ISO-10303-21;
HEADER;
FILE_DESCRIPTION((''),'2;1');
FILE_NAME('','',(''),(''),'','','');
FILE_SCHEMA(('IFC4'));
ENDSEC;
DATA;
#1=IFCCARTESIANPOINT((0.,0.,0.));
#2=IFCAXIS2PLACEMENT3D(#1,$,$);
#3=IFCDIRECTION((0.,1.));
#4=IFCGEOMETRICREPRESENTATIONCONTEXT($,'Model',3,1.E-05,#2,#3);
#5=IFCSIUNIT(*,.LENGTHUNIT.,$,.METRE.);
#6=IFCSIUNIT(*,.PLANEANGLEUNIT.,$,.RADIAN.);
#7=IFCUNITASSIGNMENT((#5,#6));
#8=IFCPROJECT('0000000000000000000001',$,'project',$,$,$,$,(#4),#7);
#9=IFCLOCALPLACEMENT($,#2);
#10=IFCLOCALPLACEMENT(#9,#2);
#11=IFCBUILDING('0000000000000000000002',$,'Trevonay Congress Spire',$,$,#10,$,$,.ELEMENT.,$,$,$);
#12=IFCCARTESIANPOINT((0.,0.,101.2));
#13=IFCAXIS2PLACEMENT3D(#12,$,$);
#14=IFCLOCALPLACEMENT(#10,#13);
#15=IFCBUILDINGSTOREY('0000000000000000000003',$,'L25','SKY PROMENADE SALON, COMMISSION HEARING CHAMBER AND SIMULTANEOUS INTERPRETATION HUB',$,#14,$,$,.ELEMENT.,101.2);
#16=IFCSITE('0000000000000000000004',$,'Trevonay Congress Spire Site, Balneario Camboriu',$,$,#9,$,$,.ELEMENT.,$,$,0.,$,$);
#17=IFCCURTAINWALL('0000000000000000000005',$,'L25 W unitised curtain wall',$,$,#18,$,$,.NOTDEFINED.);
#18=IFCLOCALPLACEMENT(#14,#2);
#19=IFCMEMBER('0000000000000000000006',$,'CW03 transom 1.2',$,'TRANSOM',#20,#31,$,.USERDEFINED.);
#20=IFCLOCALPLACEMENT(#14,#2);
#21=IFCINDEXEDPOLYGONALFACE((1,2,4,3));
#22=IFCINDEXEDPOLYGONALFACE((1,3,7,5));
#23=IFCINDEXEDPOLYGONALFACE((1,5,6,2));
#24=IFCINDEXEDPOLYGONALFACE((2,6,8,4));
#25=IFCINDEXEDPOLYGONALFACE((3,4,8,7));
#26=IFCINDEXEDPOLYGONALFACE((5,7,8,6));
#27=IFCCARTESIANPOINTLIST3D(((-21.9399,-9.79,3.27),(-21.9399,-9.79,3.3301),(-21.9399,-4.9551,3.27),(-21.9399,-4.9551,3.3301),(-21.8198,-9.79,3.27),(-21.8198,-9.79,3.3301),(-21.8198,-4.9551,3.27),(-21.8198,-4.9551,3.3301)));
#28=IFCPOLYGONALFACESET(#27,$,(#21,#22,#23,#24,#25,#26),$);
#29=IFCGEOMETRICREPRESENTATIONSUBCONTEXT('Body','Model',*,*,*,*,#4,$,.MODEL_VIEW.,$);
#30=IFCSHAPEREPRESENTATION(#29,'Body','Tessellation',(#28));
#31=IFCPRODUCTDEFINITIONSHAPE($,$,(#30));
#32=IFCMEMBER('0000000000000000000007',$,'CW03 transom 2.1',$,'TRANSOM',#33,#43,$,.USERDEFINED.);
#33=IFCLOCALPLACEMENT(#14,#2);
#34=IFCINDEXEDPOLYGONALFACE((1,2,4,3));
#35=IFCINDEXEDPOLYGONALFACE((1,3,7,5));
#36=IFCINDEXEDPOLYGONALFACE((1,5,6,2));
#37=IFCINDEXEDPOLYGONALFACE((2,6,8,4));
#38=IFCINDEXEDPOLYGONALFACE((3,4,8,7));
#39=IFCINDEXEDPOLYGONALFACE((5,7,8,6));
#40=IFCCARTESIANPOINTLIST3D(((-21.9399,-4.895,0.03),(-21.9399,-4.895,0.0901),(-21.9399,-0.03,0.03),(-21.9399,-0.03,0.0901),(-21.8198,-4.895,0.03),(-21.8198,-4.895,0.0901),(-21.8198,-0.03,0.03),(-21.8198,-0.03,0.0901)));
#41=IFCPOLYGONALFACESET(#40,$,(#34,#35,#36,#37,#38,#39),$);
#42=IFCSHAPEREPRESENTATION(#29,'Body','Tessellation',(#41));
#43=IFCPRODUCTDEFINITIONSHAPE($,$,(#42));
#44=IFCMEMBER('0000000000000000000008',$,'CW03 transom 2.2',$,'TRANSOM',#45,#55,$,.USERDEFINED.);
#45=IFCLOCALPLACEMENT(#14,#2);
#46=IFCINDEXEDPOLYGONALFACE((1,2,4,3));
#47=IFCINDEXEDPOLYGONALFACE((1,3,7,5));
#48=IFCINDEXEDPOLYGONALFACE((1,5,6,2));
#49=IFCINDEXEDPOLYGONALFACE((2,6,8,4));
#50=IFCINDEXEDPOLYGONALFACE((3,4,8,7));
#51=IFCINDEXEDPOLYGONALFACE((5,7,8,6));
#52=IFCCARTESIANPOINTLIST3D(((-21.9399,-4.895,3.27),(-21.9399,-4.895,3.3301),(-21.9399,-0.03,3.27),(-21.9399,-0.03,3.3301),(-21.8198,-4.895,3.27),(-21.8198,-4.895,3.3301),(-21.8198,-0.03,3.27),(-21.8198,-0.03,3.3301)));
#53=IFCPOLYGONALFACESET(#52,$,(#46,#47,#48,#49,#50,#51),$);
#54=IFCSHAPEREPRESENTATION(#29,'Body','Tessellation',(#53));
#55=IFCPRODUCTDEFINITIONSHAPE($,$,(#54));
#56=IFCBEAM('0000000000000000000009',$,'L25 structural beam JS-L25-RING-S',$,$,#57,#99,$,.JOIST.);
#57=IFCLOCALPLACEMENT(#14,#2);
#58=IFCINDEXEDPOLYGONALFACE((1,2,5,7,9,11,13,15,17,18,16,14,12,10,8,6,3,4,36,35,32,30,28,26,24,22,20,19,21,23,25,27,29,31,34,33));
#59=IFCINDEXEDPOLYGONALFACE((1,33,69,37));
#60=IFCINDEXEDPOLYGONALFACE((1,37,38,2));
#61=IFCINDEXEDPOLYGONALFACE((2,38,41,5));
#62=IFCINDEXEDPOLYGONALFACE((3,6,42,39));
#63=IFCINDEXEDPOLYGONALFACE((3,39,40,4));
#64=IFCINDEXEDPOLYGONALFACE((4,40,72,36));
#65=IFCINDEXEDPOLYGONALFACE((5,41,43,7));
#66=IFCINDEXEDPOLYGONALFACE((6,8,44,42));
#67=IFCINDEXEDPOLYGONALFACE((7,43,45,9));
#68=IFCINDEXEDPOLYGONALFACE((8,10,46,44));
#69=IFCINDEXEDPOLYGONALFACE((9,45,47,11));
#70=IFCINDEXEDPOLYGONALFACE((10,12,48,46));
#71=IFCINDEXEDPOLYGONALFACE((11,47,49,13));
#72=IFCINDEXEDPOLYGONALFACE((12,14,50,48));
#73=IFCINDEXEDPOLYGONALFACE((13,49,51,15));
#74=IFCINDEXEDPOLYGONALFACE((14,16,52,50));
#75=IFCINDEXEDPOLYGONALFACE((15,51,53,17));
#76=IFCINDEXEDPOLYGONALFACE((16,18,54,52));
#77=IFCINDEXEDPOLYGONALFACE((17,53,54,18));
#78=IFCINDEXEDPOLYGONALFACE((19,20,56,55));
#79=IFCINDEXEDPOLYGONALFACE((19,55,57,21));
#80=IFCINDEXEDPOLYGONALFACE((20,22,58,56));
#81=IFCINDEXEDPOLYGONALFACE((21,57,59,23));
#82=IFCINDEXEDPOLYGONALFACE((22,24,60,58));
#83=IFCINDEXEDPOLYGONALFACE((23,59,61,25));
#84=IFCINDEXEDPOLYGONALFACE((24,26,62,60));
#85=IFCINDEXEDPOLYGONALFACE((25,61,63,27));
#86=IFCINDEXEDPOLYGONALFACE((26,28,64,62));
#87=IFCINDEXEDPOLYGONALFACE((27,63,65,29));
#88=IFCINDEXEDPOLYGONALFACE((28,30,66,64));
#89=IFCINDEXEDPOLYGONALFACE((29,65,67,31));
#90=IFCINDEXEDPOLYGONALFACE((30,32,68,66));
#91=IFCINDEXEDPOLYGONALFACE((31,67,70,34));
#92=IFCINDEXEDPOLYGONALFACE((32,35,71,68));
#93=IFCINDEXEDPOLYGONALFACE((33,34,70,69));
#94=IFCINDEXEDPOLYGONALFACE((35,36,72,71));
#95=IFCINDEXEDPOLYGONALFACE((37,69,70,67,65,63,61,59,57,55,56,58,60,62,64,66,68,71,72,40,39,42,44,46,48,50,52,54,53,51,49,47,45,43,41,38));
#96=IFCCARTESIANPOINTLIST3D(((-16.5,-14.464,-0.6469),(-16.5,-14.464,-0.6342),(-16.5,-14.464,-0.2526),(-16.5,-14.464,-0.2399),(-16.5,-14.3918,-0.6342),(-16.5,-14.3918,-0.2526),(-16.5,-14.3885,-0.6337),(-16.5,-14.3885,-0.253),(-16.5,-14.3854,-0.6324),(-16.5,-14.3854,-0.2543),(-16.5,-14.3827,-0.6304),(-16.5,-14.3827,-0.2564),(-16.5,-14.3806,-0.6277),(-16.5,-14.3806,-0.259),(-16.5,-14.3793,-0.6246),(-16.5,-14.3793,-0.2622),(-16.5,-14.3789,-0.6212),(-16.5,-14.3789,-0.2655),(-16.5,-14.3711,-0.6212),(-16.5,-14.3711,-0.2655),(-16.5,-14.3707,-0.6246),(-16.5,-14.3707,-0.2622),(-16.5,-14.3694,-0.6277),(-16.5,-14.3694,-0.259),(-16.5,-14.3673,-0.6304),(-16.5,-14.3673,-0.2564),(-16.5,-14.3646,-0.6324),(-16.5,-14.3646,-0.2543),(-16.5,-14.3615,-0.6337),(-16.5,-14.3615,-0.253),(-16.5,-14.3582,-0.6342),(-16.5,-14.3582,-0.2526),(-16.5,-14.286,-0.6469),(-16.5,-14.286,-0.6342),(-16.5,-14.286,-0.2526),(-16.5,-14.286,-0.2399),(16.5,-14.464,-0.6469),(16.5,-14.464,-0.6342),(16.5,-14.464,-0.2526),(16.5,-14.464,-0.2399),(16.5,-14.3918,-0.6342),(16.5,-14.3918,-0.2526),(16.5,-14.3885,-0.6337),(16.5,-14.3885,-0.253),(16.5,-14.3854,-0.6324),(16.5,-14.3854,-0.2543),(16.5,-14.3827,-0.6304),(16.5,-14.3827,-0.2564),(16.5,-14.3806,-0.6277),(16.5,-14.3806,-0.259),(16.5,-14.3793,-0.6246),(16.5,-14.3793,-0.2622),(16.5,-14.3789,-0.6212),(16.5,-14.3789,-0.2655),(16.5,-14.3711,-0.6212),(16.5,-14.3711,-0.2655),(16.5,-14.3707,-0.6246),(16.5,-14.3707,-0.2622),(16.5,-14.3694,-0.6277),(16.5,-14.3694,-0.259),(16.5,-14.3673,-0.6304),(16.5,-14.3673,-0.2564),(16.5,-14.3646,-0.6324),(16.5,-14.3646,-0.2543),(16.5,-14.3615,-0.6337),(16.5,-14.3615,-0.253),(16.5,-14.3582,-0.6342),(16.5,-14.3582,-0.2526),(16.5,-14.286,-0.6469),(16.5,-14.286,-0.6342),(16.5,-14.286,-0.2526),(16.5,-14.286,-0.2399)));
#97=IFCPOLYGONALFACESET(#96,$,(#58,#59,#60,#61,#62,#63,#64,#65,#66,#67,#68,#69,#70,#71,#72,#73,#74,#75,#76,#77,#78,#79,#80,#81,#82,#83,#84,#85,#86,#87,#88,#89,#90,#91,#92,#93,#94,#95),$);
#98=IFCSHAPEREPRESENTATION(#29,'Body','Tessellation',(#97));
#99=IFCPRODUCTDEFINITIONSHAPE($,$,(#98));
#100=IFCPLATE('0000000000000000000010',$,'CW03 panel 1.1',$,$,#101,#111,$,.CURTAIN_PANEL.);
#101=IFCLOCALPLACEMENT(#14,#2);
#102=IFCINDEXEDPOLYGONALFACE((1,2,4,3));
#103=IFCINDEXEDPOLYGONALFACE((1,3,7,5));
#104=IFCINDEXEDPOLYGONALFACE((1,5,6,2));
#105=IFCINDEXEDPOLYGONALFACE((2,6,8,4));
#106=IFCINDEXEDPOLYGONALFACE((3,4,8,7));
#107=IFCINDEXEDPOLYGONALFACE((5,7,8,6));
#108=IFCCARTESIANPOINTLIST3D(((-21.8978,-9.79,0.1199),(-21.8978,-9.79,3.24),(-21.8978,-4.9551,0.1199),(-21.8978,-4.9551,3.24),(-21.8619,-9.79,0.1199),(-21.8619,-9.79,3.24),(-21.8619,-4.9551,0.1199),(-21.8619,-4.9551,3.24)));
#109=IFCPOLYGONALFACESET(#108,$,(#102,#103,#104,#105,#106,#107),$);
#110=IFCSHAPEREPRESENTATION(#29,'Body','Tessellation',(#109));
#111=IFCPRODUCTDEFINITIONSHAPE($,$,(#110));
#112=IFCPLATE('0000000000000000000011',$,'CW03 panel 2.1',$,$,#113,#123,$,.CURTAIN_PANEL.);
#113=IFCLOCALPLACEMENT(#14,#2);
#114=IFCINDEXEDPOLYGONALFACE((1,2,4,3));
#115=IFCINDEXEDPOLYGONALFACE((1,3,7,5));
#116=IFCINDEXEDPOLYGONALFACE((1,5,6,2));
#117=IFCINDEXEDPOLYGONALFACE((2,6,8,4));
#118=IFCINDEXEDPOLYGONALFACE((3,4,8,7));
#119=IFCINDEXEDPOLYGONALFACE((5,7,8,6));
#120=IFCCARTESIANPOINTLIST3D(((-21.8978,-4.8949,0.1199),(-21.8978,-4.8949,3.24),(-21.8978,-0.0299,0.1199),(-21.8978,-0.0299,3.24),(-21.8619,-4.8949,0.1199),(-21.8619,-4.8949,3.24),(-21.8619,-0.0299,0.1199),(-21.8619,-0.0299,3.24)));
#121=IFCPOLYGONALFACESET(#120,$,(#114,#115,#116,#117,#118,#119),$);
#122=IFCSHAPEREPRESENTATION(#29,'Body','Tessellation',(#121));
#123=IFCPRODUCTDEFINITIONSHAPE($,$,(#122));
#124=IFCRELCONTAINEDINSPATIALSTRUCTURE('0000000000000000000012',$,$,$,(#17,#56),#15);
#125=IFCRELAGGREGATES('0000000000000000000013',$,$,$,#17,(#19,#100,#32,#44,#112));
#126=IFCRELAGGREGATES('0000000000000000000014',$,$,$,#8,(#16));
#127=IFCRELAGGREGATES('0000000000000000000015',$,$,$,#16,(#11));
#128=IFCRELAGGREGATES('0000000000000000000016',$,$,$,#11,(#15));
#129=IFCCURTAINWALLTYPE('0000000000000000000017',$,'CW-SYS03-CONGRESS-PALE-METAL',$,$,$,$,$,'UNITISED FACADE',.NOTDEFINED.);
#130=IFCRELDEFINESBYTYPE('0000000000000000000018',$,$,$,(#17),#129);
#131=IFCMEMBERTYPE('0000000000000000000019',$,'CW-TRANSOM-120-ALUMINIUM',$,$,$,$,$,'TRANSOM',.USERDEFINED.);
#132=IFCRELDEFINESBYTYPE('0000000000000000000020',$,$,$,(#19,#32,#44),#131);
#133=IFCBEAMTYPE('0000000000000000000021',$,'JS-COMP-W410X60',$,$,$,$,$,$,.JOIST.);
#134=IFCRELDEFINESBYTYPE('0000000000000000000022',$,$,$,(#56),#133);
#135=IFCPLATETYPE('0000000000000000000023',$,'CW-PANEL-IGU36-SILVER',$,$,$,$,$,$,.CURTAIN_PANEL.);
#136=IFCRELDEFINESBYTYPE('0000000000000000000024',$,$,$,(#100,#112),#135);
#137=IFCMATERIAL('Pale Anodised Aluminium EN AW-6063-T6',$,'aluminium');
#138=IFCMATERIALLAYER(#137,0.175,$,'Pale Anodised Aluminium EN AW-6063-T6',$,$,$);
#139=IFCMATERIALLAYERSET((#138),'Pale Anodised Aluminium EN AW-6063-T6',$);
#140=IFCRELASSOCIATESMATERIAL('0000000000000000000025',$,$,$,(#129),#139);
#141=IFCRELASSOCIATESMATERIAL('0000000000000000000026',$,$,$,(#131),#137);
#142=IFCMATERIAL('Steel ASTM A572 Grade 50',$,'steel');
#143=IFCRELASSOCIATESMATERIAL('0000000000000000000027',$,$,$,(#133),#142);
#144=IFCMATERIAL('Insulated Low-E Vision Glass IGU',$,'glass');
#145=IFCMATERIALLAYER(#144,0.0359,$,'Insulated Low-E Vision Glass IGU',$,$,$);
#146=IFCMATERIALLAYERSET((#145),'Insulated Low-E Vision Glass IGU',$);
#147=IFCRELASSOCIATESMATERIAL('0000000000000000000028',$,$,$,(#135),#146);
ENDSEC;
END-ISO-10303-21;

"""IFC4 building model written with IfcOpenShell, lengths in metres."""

from ifc_helpers import new_model, si_unit, direction, frame, origin, origin_2d, place, context, subcontext, project, spatial, rectangle, i_section, extrude, material, layer, layer_set, material_profile, profile_set, type_object, element, aggregate, save


model = new_model("IFC4")

# Units and contexts
model_context = context("Model", 3, precision=1e-05, world=origin(), true_north=direction((0.0, 1.0)))
body_context = subcontext(model_context, "Body", "Model", "MODEL_VIEW")
ifc_project = project(units=[si_unit("LENGTHUNIT", "METRE"), si_unit("PLANEANGLEUNIT", "RADIAN")], contexts=[model_context])

# Site, building, storey
site_placement = place(None, origin())
site = spatial("IfcSite", under=ifc_project, at=site_placement, Name="Trevonay Congress Spire Site, Balneario Camboriu", CompositionType="ELEMENT", RefElevation=0.0)
building_placement = place(site_placement, origin())
building = spatial("IfcBuilding", under=site, at=building_placement, Name="Trevonay Congress Spire", CompositionType="ELEMENT")
storey_placement = place(building_placement, frame((0.0, 0.0, 101.2)))
storey = spatial("IfcBuildingStorey", under=building, at=storey_placement, Name="L25", Description="SKY PROMENADE SALON, COMMISSION HEARING CHAMBER AND SIMULTANEOUS INTERPRETATION HUB", CompositionType="ELEMENT", Elevation=101.2)

# Shared definitions
ifc_material_1 = material(Name="Steel ASTM A572 Grade 50", Category="steel")

# Curtain wall, members
ifc_material_2 = material(Name="Pale Anodised Aluminium EN AW-6063-T6", Category="aluminium")
ifc_layer_1 = layer(ifc_material_2, 0.175, Name="Pale Anodised Aluminium EN AW-6063-T6")
ifc_layer_set_1 = layer_set([ifc_layer_1], Name="Pale Anodised Aluminium EN AW-6063-T6")
curtain_wall_type = type_object("IfcCurtainWallType", Name="CW-SYS03-CONGRESS-PALE-METAL", ElementType="UNITISED FACADE", PredefinedType="NOTDEFINED", material=ifc_layer_set_1)
curtain_wall_placement = place(storey_placement, origin())
curtain_wall = element("IfcCurtainWall", 1, at=curtain_wall_placement, inside=storey, type_object=curtain_wall_type, Name="L25 W unitised curtain wall", PredefinedType="NOTDEFINED")
ifc_material_profile_1 = material_profile(ifc_material_2, rectangle(XDim=0.1201, YDim=0.0601, at=origin_2d()), Name="CW-TRANSOM-120-ALUMINIUM")
ifc_profile_set_1 = profile_set([ifc_material_profile_1], Name="Pale Anodised Aluminium EN AW-6063-T6")
member_type_1 = type_object("IfcMemberType", Name="CW-TRANSOM-120-ALUMINIUM", ElementType="TRANSOM", PredefinedType="USERDEFINED", material=ifc_profile_set_1)
member_1_placement = place(storey_placement, frame((-21.8799, -9.79, 3.3), z_axis=(0.0, 1.0, 0.0), x_axis=(-1.0, 0.0, 0.0)))
member_1 = element("IfcMember", 2, at=member_1_placement, type_object=member_type_1, Name="CW03 transom 1.2", ObjectType="TRANSOM", PredefinedType="USERDEFINED", context=body_context, shape_type="SweptSolid", body=[
    extrude(rectangle(XDim=0.1201, YDim=0.0601, at=origin_2d()), origin(), (0.0, 0.0, 1.0), 4.835),
])
member_2_placement = place(storey_placement, frame((-21.8799, -4.895, 0.0601), z_axis=(0.0, 1.0, 0.0), x_axis=(-1.0, 0.0, 0.0)))
member_2 = element("IfcMember", 3, at=member_2_placement, type_object=member_type_1, Name="CW03 transom 2.1", ObjectType="TRANSOM", PredefinedType="USERDEFINED", context=body_context, shape_type="SweptSolid", body=[
    extrude(rectangle(XDim=0.1201, YDim=0.0601, at=origin_2d()), origin(), (0.0, 0.0, 1.0), 4.865),
])
member_3_placement = place(storey_placement, frame((-21.8799, -4.895, 3.3), z_axis=(0.0, 1.0, 0.0), x_axis=(-1.0, 0.0, 0.0)))
member_3 = element("IfcMember", 4, at=member_3_placement, type_object=member_type_1, Name="CW03 transom 2.2", ObjectType="TRANSOM", PredefinedType="USERDEFINED", context=body_context, shape_type="SweptSolid", body=[
    extrude(rectangle(XDim=0.1201, YDim=0.0601, at=origin_2d()), origin(), (0.0, 0.0, 1.0), 4.865),
])

# Beam
ifc_material_profile_2 = material_profile(ifc_material_1, i_section(OverallWidth=0.178, OverallDepth=0.407, WebThickness=0.0078, FlangeThickness=0.0127, FilletRadius=0.0129, at=origin_2d()), Name="W410x60")
ifc_profile_set_2 = profile_set([ifc_material_profile_2], Name="Steel ASTM A572 Grade 50")
beam_type_1 = type_object("IfcBeamType", Name="JS-COMP-W410X60", PredefinedType="JOIST", material=ifc_profile_set_2)
beam_1_placement = place(storey_placement, frame((-16.5, -14.375, -0.4434), z_axis=(1.0, 0.0, 0.0), x_axis=(0.0, 1.0, 0.0)))
element("IfcBeam", 5, at=beam_1_placement, inside=storey, type_object=beam_type_1, Name="L25 structural beam JS-L25-RING-S", PredefinedType="JOIST", context=body_context, shape_type="SweptSolid", body=[
    extrude(i_section(OverallWidth=0.178, OverallDepth=0.407, WebThickness=0.0078, FlangeThickness=0.0127, FilletRadius=0.0129, at=origin_2d()), origin(), (0.0, 0.0, 1.0), 33.0),
])

# Plates
ifc_material_3 = material(Name="Insulated Low-E Vision Glass IGU", Category="glass")
ifc_layer_2 = layer(ifc_material_3, 0.0359, Name="Insulated Low-E Vision Glass IGU")
ifc_layer_set_2 = layer_set([ifc_layer_2], Name="Insulated Low-E Vision Glass IGU")
plate_type = type_object("IfcPlateType", Name="CW-PANEL-IGU36-SILVER", PredefinedType="CURTAIN_PANEL", material=ifc_layer_set_2)
plate_1_placement = place(storey_placement, frame((-21.8799, -7.3726, 0.1199), z_axis=(0.0, 0.0, 1.0), x_axis=(0.0, 1.0, 0.0)))
plate_1 = element("IfcPlate", 6, at=plate_1_placement, type_object=plate_type, Name="CW03 panel 1.1", PredefinedType="CURTAIN_PANEL", context=body_context, shape_type="SweptSolid", body=[
    extrude(rectangle(XDim=4.835, YDim=0.0359, at=origin_2d()), origin(), (0.0, 0.0, 1.0), 3.1201),
])
plate_2_placement = place(storey_placement, frame((-21.8799, -2.4624, 0.1199), z_axis=(0.0, 0.0, 1.0), x_axis=(0.0, 1.0, 0.0)))
plate_2 = element("IfcPlate", 7, at=plate_2_placement, type_object=plate_type, Name="CW03 panel 2.1", PredefinedType="CURTAIN_PANEL", context=body_context, shape_type="SweptSolid", body=[
    extrude(rectangle(XDim=4.865, YDim=0.0359, at=origin_2d()), origin(), (0.0, 0.0, 1.0), 3.1201),
])
aggregate(curtain_wall, [member_1, plate_1, member_2, member_3, plate_2])

save(model, "model.ifc")
